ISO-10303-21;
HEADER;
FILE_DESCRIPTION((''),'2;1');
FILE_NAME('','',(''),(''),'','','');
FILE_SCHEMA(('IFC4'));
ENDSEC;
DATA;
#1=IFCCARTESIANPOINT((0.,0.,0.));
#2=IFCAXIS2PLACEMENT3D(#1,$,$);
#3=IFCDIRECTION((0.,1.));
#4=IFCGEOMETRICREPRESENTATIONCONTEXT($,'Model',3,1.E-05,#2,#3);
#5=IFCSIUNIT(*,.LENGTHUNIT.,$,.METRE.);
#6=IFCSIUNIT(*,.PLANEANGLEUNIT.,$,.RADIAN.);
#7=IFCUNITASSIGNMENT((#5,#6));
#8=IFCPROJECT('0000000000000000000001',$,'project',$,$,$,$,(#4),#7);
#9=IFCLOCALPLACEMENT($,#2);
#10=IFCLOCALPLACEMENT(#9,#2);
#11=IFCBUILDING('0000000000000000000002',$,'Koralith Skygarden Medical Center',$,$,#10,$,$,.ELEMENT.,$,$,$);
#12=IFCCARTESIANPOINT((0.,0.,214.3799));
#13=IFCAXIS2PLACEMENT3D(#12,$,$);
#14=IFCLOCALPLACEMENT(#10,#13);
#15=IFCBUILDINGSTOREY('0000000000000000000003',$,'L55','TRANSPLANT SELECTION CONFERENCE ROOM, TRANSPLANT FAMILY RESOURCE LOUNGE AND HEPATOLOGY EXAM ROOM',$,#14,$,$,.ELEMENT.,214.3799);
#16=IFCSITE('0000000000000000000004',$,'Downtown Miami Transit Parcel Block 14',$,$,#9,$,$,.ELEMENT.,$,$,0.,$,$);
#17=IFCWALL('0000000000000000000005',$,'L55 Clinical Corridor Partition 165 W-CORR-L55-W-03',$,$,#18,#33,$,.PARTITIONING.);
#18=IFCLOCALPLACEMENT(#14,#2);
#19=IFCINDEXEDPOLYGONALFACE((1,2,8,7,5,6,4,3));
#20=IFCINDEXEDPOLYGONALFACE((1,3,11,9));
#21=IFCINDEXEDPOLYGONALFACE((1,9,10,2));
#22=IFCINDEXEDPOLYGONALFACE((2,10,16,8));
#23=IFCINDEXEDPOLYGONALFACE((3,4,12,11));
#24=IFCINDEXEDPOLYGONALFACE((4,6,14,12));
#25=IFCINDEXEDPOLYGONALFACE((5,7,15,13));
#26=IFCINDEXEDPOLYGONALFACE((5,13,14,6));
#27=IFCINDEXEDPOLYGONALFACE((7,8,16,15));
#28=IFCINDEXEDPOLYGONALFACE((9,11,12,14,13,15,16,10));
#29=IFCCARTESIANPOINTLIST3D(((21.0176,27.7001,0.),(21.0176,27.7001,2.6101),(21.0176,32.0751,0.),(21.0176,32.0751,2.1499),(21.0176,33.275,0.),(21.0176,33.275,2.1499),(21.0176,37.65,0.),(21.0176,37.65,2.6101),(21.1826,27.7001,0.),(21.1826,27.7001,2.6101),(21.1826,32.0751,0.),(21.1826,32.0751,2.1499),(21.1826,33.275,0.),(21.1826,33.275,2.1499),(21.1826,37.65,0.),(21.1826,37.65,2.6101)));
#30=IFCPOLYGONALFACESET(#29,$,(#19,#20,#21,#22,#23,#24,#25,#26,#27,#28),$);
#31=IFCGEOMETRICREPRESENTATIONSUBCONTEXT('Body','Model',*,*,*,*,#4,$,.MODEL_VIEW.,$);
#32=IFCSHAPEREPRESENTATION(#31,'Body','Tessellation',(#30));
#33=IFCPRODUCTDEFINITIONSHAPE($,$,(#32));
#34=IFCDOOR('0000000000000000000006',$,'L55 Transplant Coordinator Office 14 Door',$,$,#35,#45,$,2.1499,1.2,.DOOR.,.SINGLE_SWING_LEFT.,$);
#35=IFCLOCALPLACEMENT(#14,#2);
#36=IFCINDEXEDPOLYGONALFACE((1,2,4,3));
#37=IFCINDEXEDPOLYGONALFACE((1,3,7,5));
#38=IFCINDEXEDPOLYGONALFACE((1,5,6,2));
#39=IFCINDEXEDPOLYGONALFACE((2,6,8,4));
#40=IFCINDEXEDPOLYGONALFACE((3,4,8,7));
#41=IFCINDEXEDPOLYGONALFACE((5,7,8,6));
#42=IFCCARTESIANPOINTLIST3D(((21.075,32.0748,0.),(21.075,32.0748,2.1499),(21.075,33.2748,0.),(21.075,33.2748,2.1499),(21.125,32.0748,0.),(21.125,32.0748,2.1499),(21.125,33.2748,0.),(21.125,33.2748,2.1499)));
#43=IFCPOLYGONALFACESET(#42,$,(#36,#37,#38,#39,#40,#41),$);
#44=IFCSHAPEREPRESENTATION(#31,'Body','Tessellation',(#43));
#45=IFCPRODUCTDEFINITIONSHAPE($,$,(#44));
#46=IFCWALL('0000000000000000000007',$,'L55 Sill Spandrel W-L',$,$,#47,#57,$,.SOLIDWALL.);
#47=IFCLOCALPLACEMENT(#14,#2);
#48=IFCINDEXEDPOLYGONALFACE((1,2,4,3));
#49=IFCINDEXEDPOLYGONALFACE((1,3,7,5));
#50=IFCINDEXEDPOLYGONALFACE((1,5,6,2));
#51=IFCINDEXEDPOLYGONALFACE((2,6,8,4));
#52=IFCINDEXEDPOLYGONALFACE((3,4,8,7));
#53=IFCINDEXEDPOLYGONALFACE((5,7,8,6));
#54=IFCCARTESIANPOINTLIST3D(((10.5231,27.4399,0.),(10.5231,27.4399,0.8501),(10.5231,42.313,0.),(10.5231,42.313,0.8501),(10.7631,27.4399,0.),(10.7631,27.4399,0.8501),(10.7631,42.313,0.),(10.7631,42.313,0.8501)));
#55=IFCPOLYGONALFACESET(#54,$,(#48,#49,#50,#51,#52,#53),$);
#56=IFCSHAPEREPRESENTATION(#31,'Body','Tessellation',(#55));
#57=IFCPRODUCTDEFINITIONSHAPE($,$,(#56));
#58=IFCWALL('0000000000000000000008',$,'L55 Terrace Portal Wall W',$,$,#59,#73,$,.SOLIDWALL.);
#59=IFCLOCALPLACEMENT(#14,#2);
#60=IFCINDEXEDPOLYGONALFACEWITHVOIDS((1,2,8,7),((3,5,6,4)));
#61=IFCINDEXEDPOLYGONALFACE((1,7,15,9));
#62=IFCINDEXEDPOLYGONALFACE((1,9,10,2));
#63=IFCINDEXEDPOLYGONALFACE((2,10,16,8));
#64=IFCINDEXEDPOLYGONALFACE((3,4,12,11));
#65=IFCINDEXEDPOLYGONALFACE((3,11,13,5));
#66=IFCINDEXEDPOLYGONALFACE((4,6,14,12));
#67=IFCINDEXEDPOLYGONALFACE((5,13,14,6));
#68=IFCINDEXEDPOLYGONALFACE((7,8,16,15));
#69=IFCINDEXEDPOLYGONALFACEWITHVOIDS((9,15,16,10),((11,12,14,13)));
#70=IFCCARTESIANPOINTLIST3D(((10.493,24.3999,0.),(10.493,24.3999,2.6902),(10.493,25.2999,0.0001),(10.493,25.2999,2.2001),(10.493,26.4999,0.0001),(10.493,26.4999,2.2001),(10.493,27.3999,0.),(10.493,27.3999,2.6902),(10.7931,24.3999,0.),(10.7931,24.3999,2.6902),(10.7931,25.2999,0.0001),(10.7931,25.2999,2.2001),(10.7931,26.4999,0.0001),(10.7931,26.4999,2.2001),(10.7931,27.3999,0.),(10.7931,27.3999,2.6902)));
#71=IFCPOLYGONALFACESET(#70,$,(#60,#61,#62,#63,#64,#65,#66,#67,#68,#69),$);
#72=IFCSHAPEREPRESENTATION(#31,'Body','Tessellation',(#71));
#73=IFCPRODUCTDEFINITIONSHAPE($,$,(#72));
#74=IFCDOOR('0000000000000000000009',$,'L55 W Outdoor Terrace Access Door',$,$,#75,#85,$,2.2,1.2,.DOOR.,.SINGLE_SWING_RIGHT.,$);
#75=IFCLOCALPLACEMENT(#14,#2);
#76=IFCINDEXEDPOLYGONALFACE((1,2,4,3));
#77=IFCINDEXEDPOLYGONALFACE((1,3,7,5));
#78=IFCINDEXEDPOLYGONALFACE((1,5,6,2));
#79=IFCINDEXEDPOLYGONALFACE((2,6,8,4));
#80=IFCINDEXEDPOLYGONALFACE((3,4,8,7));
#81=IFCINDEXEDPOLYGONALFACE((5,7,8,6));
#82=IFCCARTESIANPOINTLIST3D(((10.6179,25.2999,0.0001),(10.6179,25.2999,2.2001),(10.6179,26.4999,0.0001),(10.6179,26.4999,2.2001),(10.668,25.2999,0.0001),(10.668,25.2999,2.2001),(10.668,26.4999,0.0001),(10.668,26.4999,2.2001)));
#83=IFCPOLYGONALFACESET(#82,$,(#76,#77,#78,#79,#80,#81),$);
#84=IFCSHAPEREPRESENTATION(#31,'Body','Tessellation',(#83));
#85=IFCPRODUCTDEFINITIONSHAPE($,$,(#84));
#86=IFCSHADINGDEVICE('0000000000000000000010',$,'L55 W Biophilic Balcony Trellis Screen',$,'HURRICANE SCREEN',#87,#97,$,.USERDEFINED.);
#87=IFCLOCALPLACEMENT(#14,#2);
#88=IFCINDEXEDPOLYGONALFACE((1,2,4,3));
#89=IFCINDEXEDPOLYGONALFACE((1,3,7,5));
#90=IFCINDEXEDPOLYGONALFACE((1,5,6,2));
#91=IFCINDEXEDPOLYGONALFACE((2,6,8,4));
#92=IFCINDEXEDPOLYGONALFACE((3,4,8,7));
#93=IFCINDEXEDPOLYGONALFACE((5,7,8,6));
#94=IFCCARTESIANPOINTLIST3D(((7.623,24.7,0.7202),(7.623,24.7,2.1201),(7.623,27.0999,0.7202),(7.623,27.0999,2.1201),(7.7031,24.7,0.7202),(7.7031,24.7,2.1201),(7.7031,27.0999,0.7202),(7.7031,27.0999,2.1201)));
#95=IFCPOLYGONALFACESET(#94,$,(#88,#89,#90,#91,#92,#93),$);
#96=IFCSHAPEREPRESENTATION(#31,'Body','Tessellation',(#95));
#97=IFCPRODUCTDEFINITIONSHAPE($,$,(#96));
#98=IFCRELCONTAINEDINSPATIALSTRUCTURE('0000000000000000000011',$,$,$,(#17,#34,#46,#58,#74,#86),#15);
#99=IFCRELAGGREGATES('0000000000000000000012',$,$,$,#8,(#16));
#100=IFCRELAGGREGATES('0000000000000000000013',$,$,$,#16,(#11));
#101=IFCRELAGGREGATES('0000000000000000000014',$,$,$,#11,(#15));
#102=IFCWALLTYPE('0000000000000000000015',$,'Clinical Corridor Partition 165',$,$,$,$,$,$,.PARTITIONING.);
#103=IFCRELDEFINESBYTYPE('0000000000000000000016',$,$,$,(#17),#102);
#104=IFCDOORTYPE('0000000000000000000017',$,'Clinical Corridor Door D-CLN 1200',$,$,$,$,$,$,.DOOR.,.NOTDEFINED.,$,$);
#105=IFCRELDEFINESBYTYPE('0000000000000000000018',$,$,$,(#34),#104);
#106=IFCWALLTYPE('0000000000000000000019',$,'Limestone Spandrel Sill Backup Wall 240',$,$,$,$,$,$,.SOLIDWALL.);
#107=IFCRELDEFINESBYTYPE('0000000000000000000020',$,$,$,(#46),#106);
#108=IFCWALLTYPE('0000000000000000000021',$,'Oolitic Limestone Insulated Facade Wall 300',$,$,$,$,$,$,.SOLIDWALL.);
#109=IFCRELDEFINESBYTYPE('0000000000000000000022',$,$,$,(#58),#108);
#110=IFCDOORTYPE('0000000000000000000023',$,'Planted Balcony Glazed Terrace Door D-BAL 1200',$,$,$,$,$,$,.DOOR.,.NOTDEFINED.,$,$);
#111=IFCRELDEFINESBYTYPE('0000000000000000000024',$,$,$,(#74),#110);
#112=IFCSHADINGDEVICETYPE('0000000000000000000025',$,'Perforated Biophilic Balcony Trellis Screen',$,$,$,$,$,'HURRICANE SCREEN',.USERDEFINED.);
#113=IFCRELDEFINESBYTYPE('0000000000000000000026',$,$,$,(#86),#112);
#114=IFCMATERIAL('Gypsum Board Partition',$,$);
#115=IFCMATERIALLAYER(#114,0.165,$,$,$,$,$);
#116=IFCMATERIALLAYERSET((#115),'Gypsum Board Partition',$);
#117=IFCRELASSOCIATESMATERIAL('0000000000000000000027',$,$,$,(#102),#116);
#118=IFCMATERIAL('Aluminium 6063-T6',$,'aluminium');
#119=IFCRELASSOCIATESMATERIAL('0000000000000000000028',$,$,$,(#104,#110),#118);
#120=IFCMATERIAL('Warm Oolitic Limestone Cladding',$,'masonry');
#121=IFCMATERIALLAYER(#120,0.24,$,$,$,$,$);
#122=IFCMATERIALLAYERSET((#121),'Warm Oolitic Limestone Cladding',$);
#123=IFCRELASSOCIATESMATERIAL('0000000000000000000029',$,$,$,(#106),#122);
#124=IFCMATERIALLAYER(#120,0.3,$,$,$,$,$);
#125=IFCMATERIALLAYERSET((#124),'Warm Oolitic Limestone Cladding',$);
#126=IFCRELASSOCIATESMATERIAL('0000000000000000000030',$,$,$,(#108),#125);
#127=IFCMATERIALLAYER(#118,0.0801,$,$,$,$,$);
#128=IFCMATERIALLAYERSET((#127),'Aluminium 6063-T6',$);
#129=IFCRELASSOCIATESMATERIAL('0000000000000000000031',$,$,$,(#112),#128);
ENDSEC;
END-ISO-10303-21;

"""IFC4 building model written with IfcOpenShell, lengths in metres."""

from ifc_helpers import new_model, si_unit, direction, frame, frame_2d, origin, origin_2d, place, context, subcontext, project, spatial, rectangle, extrude, material, layer, layer_set, type_object, element, fill, save


model = new_model("IFC4")

# Units and contexts
model_context = context("Model", 3, precision=1e-05, world=origin(), true_north=direction((0.0, 1.0)))
body_context = subcontext(model_context, "Body", "Model", "MODEL_VIEW")
ifc_project = project(units=[si_unit("LENGTHUNIT", "METRE"), si_unit("PLANEANGLEUNIT", "RADIAN")], contexts=[model_context])

# Site, building, storey
site_placement = place(None, origin())
site = spatial("IfcSite", under=ifc_project, at=site_placement, Name="Downtown Miami Transit Parcel Block 14", CompositionType="ELEMENT", RefElevation=0.0)
building_placement = place(site_placement, origin())
building = spatial("IfcBuilding", under=site, at=building_placement, Name="Koralith Skygarden Medical Center", CompositionType="ELEMENT")
storey_placement = place(building_placement, frame((0.0, 0.0, 214.3799)))
storey = spatial("IfcBuildingStorey", under=building, at=storey_placement, Name="L55", Description="TRANSPLANT SELECTION CONFERENCE ROOM, TRANSPLANT FAMILY RESOURCE LOUNGE AND HEPATOLOGY EXAM ROOM", CompositionType="ELEMENT", Elevation=214.3799)

# Shared definitions
ifc_material_1 = material(Name="Aluminium 6063-T6", Category="aluminium")

# Shared definitions
ifc_material_2 = material(Name="Gypsum Board Partition")
ifc_layer_1 = layer(ifc_material_2, 0.165)
ifc_layer_set_1 = layer_set([ifc_layer_1], Name="Gypsum Board Partition")
wall_type_1 = type_object("IfcWallType", Name="Clinical Corridor Partition 165", PredefinedType="PARTITIONING", material=ifc_layer_set_1)

# Wall, opening, door
wall_1_placement = place(storey_placement, frame((21.1001, 27.7, 0.0), z_axis=(0.0, 0.0, 1.0), x_axis=(0.0, 1.0, 0.0)))
wall_1 = element("IfcWall", 1, at=wall_1_placement, inside=storey, type_object=wall_type_1, Name="L55 Clinical Corridor Partition 165 W-CORR-L55-W-03", PredefinedType="PARTITIONING", context=body_context, shape_type="SweptSolid", body=[
    extrude(rectangle(XDim=9.95, YDim=0.165, at=frame_2d((4.9751, 0.0))), origin(), (0.0, 0.0, 1.0), 2.6101),
])
opening_1_placement = place(wall_1_placement, frame((4.375, 0.0, 0.0)))
opening_1 = element("IfcOpeningElement", 2, at=opening_1_placement, cuts=wall_1, PredefinedType="OPENING", context=body_context, shape_type="SweptSolid", body=[
    extrude(rectangle(XDim=1.2, YDim=2.1499, at=frame_2d((0.6001, 1.075))), frame((0.0, 0.0925, 0.0), z_axis=(0.0, -1.0, 0.0), x_axis=(1.0, 0.0, 0.0)), (0.0, 0.0, 1.0), 0.1851),
])
door_type_1 = type_object("IfcDoorType", Name="Clinical Corridor Door D-CLN 1200", OperationType="NOTDEFINED", PredefinedType="DOOR", material=ifc_material_1)
door_1_placement = place(opening_1_placement, frame((1.2, 0.0, 0.0), z_axis=(0.0, 0.0, 1.0), x_axis=(-1.0, 0.0, 0.0)))
door_1 = element("IfcDoor", 3, at=door_1_placement, inside=storey, type_object=door_type_1, Name="L55 Transplant Coordinator Office 14 Door", OperationType="SINGLE_SWING_LEFT", OverallHeight=2.1499, OverallWidth=1.2, PredefinedType="DOOR", context=body_context, shape_type="SweptSolid", body=[
    extrude(rectangle(XDim=1.2, YDim=2.1499, at=frame_2d((0.6001, 1.075))), frame((0.0, 0.0249, 0.0), z_axis=(0.0, -1.0, 0.0), x_axis=(1.0, 0.0, 0.0)), (0.0, 0.0, 1.0), 0.05),
])
fill(opening_1, door_1)

# Wall
ifc_material_3 = material(Name="Warm Oolitic Limestone Cladding", Category="masonry")
ifc_layer_2 = layer(ifc_material_3, 0.24)
ifc_layer_set_2 = layer_set([ifc_layer_2], Name="Warm Oolitic Limestone Cladding")
wall_type_2 = type_object("IfcWallType", Name="Limestone Spandrel Sill Backup Wall 240", PredefinedType="SOLIDWALL", material=ifc_layer_set_2)
wall_2_placement = place(storey_placement, frame((10.6431, 42.313, 0.0), z_axis=(0.0, 0.0, 1.0), x_axis=(0.0, -1.0, 0.0)))
element("IfcWall", 4, at=wall_2_placement, inside=storey, type_object=wall_type_2, Name="L55 Sill Spandrel W-L", PredefinedType="SOLIDWALL", context=body_context, shape_type="SweptSolid", body=[
    extrude(rectangle(XDim=14.873, YDim=0.24, at=frame_2d((7.4365, 0.0))), origin(), (0.0, 0.0, 1.0), 0.8501),
])

# Wall, opening, door
ifc_layer_3 = layer(ifc_material_3, 0.3)
ifc_layer_set_3 = layer_set([ifc_layer_3], Name="Warm Oolitic Limestone Cladding")
wall_type_3 = type_object("IfcWallType", Name="Oolitic Limestone Insulated Facade Wall 300", PredefinedType="SOLIDWALL", material=ifc_layer_set_3)
wall_3_placement = place(storey_placement, frame((10.6431, 27.3999, 0.0), z_axis=(0.0, 0.0, 1.0), x_axis=(0.0, -1.0, 0.0)))
wall_3 = element("IfcWall", 5, at=wall_3_placement, inside=storey, type_object=wall_type_3, Name="L55 Terrace Portal Wall W", PredefinedType="SOLIDWALL", context=body_context, shape_type="SweptSolid", body=[
    extrude(rectangle(XDim=3.0, YDim=0.3, at=frame_2d((1.5, 0.0))), origin(), (0.0, 0.0, 1.0), 2.6902),
])
opening_2_placement = place(wall_3_placement, frame((0.8999, 0.0, 0.0)))
opening_2 = element("IfcOpeningElement", 6, at=opening_2_placement, cuts=wall_3, PredefinedType="OPENING", context=body_context, shape_type="SweptSolid", body=[
    extrude(rectangle(XDim=1.2, YDim=2.2, at=frame_2d((0.6001, 1.1001))), frame((0.0, 0.1599, 0.0), z_axis=(0.0, -1.0, 0.0), x_axis=(1.0, 0.0, 0.0)), (0.0, 0.0, 1.0), 0.3201),
])
door_type_2 = type_object("IfcDoorType", Name="Planted Balcony Glazed Terrace Door D-BAL 1200", OperationType="NOTDEFINED", PredefinedType="DOOR", material=ifc_material_1)
door_2_placement = place(opening_2_placement, origin())
door_2 = element("IfcDoor", 7, at=door_2_placement, inside=storey, type_object=door_type_2, Name="L55 W Outdoor Terrace Access Door", OperationType="SINGLE_SWING_RIGHT", OverallHeight=2.2, OverallWidth=1.2, PredefinedType="DOOR", context=body_context, shape_type="SweptSolid", body=[
    extrude(rectangle(XDim=1.2, YDim=2.2, at=frame_2d((0.6001, 1.1001))), frame((0.0, 0.0249, 0.0), z_axis=(0.0, -1.0, 0.0), x_axis=(1.0, 0.0, 0.0)), (0.0, 0.0, 1.0), 0.05),
])
fill(opening_2, door_2)

# Shading device
ifc_layer_4 = layer(ifc_material_1, 0.0801)
ifc_layer_set_4 = layer_set([ifc_layer_4], Name="Aluminium 6063-T6")
shading_device_type = type_object("IfcShadingDeviceType", Name="Perforated Biophilic Balcony Trellis Screen", ElementType="HURRICANE SCREEN", PredefinedType="USERDEFINED", material=ifc_layer_set_4)
shading_device_placement = place(storey_placement, frame((7.6631, 25.8999, 0.7202), z_axis=(0.0, 0.0, 1.0), x_axis=(0.0, 1.0, 0.0)))
element("IfcShadingDevice", 8, at=shading_device_placement, inside=storey, type_object=shading_device_type, Name="L55 W Biophilic Balcony Trellis Screen", ObjectType="HURRICANE SCREEN", PredefinedType="USERDEFINED", context=body_context, shape_type="SweptSolid", body=[
    extrude(rectangle(XDim=2.3999, YDim=0.0801, at=origin_2d()), origin(), (0.0, 0.0, 1.0), 1.3999),
])

save(model, "model.ifc")
